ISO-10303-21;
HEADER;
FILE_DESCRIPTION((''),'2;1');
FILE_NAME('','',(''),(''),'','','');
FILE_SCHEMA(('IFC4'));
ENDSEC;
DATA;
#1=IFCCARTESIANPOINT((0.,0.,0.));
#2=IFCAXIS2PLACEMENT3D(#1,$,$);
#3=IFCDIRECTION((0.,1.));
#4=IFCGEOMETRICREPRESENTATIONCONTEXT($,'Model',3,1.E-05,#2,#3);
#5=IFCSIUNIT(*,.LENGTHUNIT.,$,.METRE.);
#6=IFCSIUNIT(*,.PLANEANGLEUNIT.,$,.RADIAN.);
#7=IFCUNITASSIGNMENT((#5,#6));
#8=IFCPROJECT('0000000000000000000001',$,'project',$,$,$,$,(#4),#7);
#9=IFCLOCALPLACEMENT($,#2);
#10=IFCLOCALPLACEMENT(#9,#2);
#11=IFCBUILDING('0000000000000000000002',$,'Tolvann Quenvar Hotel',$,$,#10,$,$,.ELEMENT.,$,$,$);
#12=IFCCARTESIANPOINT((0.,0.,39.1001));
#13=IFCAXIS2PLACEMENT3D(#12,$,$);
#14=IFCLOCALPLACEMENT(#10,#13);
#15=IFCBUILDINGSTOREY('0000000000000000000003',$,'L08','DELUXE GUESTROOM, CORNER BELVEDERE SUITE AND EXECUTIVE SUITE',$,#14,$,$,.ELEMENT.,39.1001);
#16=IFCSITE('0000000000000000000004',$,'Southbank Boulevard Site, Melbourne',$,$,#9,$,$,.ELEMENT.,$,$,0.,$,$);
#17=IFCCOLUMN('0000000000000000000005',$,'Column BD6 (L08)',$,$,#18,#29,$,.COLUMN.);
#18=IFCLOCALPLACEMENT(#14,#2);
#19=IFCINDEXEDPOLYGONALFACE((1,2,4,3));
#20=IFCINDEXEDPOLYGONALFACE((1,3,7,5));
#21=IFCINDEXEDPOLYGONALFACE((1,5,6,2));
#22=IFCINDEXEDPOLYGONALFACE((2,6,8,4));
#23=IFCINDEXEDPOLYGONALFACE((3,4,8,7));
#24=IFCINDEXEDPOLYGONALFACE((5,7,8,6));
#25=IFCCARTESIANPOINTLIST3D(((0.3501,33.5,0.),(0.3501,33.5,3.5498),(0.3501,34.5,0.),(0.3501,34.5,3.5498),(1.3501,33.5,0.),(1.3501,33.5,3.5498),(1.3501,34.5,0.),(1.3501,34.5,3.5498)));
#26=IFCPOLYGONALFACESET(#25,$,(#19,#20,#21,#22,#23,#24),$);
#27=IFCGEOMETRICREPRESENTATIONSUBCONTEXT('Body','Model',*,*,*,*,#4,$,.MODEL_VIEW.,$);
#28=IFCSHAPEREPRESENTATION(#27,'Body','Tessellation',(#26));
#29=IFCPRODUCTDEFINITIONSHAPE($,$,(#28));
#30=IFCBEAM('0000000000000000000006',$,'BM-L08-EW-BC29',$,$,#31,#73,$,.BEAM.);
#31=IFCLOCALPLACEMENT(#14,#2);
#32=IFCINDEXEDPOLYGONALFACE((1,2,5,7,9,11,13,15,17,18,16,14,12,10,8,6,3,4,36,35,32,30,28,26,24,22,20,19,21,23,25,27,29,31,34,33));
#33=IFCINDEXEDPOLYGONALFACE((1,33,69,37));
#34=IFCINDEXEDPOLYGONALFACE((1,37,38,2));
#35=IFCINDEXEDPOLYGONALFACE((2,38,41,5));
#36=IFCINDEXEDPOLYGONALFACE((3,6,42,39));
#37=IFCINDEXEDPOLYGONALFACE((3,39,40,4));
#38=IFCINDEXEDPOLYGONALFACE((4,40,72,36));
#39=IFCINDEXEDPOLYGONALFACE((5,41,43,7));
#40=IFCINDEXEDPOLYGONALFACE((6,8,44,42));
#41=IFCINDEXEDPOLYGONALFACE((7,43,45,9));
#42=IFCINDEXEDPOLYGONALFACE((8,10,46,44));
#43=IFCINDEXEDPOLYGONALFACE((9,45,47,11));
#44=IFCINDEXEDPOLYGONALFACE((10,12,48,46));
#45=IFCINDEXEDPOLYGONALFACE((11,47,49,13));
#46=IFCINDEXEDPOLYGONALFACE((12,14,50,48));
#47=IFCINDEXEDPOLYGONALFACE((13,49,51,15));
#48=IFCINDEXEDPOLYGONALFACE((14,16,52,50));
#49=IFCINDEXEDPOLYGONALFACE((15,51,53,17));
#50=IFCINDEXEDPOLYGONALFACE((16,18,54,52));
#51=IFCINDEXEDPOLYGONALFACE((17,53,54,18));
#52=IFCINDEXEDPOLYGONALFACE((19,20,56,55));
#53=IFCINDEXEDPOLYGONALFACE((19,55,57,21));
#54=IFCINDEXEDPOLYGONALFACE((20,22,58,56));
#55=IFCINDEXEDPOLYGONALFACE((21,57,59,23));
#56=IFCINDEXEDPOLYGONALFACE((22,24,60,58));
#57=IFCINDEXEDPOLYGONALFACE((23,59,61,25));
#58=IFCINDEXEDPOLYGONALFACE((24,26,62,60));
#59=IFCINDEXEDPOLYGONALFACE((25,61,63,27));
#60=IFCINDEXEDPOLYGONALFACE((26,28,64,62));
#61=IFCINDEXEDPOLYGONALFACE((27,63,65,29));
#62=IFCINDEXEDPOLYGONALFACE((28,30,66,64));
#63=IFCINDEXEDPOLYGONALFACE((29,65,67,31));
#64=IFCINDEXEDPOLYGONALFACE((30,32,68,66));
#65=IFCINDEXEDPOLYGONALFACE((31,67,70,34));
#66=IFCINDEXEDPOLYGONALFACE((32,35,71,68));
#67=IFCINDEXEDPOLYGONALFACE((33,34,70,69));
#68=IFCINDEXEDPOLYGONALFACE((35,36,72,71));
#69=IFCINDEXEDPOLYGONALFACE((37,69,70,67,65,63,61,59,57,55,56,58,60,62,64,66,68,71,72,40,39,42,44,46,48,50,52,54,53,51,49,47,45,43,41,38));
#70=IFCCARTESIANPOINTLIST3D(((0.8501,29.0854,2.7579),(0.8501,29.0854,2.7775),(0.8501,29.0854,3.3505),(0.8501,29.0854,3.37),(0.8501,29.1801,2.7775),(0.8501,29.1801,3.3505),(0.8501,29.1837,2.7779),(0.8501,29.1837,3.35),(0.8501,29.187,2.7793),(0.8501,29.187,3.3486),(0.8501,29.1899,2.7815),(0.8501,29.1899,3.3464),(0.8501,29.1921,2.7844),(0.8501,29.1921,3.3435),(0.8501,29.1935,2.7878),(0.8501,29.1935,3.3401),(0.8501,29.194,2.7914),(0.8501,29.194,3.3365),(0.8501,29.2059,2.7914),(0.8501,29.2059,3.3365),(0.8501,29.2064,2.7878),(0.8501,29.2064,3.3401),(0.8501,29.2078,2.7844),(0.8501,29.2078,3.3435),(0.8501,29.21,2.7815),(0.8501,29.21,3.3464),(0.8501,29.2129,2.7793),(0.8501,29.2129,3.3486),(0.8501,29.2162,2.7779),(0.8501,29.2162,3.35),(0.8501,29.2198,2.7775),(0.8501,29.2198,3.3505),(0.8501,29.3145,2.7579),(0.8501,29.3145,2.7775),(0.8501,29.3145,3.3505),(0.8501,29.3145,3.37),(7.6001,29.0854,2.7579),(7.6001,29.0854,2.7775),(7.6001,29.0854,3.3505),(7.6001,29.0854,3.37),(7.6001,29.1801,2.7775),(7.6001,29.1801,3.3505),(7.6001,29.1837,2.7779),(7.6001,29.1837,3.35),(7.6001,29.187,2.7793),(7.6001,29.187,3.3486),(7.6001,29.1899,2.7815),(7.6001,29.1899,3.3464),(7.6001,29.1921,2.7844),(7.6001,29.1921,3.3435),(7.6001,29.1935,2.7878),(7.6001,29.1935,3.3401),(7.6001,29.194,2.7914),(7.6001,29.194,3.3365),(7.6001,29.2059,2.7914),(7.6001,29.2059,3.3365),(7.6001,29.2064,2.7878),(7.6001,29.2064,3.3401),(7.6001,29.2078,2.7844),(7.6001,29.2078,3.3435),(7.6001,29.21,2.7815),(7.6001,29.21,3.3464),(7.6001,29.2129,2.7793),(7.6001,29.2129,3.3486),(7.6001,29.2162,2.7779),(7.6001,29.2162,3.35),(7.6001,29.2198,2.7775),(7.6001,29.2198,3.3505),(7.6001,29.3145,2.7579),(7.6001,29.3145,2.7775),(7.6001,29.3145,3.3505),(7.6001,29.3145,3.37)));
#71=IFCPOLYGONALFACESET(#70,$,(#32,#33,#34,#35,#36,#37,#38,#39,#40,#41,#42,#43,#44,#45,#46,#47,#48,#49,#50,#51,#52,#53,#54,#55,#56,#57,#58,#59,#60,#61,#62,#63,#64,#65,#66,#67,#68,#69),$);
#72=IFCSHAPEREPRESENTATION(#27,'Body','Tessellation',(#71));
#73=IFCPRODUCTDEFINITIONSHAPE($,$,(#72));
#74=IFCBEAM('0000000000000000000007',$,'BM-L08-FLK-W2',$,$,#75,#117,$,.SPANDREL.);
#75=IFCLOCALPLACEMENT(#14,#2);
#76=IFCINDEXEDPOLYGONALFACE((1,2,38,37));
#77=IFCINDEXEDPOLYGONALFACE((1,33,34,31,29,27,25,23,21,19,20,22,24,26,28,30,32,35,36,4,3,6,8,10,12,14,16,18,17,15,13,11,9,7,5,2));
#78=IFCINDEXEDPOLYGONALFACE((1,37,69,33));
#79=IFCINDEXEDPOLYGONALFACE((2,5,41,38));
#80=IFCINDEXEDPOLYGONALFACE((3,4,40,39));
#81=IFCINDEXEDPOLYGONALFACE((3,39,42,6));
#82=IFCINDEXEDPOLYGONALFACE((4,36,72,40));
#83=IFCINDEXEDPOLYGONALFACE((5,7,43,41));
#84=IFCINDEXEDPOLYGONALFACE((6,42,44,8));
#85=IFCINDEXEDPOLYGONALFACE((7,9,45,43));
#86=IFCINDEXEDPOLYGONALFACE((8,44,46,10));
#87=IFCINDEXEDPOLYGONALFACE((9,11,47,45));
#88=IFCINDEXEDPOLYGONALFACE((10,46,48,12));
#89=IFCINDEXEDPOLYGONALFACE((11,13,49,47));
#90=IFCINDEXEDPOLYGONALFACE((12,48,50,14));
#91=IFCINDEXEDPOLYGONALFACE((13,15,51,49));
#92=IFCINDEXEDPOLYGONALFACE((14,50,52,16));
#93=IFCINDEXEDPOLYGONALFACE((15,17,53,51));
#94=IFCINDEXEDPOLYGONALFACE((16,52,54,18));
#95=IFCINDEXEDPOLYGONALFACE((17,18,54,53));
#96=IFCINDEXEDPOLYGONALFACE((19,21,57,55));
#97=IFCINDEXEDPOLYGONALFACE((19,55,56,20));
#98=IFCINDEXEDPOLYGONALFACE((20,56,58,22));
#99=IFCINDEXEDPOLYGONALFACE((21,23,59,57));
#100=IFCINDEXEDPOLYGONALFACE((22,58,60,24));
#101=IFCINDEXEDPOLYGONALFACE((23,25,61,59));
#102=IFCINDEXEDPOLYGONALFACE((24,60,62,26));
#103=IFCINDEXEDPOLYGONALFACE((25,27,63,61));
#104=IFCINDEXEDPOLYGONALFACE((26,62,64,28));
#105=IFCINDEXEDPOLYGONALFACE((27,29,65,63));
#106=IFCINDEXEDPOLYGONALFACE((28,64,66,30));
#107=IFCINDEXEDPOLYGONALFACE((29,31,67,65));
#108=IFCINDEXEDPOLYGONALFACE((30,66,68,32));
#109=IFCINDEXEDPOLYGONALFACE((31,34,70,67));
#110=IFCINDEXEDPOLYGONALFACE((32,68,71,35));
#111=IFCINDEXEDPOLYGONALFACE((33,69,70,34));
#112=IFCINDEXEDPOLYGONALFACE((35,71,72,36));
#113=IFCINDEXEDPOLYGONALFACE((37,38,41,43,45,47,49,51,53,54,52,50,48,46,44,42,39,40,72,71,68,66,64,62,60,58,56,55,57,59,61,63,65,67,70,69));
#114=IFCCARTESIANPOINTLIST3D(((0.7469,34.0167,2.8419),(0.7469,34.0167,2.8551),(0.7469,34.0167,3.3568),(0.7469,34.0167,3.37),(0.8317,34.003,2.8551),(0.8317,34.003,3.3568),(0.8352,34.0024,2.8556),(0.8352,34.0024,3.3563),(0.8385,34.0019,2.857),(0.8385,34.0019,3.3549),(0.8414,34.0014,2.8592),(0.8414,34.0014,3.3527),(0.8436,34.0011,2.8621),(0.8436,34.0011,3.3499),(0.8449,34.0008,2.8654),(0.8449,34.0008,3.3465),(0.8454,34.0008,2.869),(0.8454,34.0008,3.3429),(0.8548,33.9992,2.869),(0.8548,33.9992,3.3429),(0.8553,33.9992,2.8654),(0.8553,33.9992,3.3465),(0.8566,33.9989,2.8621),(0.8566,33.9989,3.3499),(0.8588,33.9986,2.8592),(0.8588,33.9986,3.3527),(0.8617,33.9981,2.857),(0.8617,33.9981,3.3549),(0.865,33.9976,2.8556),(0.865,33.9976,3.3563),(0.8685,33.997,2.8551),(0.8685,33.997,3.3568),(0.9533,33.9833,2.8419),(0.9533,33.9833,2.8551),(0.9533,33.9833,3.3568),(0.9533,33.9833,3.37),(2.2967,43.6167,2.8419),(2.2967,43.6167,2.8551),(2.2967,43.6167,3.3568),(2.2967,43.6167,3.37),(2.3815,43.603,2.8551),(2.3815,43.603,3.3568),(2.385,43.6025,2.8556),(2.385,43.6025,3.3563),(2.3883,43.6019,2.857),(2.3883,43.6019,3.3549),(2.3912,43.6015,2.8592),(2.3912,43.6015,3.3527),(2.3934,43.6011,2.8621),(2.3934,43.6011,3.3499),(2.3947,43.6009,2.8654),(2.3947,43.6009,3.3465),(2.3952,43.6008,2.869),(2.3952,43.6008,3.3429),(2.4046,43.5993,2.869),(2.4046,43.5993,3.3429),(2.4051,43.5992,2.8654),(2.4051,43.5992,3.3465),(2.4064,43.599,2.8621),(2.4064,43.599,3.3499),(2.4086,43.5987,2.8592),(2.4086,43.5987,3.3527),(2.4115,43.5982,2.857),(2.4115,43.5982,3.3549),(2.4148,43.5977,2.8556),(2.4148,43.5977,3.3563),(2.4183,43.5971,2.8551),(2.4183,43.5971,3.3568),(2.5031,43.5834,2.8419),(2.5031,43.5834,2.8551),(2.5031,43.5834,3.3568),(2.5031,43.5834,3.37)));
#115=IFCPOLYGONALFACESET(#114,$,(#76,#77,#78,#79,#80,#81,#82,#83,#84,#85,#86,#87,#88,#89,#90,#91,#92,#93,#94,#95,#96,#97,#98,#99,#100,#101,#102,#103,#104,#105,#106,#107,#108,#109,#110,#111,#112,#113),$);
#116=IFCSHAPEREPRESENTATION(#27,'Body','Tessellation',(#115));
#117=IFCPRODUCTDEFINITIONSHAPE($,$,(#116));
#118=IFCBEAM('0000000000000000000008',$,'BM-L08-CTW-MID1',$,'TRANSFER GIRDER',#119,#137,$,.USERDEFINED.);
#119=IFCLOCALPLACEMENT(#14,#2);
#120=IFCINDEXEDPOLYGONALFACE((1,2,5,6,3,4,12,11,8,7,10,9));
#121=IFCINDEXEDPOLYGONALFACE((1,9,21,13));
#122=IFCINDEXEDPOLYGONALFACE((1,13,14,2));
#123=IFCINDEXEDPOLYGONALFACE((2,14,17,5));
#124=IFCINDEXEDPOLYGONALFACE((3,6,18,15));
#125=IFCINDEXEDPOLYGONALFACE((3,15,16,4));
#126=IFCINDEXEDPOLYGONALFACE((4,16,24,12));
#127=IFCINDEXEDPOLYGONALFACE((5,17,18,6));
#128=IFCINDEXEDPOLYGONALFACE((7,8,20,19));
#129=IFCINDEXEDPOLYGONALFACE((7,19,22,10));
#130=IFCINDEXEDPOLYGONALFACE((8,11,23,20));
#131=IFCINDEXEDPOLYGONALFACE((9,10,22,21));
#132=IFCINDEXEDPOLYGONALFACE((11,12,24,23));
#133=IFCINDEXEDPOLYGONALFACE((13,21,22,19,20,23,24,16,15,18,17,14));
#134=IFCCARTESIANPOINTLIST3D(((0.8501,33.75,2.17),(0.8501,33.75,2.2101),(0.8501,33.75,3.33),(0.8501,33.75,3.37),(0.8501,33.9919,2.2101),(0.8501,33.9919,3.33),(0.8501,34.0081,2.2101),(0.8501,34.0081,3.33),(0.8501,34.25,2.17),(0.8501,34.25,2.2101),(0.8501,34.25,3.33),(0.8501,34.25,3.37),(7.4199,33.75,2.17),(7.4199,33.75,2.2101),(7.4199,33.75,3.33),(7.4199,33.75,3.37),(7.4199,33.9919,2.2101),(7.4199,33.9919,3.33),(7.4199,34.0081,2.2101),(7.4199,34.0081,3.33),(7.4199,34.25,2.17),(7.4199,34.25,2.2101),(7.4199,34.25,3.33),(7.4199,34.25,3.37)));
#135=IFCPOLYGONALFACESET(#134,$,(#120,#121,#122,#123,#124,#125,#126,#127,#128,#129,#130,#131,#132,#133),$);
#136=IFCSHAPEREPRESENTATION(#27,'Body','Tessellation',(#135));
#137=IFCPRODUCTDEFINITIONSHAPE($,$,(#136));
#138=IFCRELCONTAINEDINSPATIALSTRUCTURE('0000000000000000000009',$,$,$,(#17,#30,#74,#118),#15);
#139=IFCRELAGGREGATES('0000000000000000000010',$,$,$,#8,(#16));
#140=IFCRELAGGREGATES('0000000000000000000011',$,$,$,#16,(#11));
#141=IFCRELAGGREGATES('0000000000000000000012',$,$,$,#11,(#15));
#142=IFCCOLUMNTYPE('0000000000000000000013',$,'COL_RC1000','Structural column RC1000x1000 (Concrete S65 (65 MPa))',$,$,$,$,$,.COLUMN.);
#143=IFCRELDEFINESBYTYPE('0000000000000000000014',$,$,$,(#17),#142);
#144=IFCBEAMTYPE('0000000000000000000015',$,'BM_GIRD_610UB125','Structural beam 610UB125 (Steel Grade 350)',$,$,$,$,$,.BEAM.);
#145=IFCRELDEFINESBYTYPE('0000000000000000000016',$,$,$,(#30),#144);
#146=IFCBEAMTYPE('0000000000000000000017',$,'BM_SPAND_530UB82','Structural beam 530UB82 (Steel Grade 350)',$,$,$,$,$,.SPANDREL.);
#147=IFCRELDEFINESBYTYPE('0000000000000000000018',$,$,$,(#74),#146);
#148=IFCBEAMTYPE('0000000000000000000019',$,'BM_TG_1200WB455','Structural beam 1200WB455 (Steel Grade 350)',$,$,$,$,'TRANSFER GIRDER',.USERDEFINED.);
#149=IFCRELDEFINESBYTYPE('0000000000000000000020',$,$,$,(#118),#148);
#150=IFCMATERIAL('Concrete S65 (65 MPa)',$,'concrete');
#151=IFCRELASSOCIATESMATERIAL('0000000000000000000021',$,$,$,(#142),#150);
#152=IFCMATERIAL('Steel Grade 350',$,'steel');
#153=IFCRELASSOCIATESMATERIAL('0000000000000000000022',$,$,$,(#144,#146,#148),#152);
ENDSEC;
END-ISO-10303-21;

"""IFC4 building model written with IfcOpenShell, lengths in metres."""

from ifc_helpers import new_model, si_unit, direction, frame, origin, origin_2d, place, context, subcontext, project, spatial, rectangle, i_section, extrude, source, transform, mapped, material, material_profile, profile_set, type_object, type_shapes, element, save


model = new_model("IFC4")

# Units and contexts
model_context = context("Model", 3, precision=1e-05, world=origin(), true_north=direction((0.0, 1.0)))
body_context = subcontext(model_context, "Body", "Model", "MODEL_VIEW")
ifc_project = project(units=[si_unit("LENGTHUNIT", "METRE"), si_unit("PLANEANGLEUNIT", "RADIAN")], contexts=[model_context])

# Site, building, storey
site_placement = place(None, origin())
site = spatial("IfcSite", under=ifc_project, at=site_placement, Name="Southbank Boulevard Site, Melbourne", CompositionType="ELEMENT", RefElevation=0.0)
building_placement = place(site_placement, origin())
building = spatial("IfcBuilding", under=site, at=building_placement, Name="Tolvann Quenvar Hotel", CompositionType="ELEMENT")
storey_placement = place(building_placement, frame((0.0, 0.0, 39.1001)))
storey = spatial("IfcBuildingStorey", under=building, at=storey_placement, Name="L08", Description="DELUXE GUESTROOM, CORNER BELVEDERE SUITE AND EXECUTIVE SUITE", CompositionType="ELEMENT", Elevation=39.1001)

# Column
ifc_material_1 = material(Name="Concrete S65 (65 MPa)", Category="concrete")
ifc_material_profile_1 = material_profile(ifc_material_1, rectangle(XDim=1.0, YDim=1.0, at=origin_2d()), Name="RC1000x1000")
ifc_profile_set_1 = profile_set([ifc_material_profile_1], Name="Concrete S65 (65 MPa)")
column_type = type_object("IfcColumnType", Name="COL_RC1000", Description="Structural column RC1000x1000 (Concrete S65 (65 MPa))", PredefinedType="COLUMN", material=ifc_profile_set_1)
shared_shape_1 = source(origin(), body_context, "Body", "SweptSolid", [
    extrude(rectangle(XDim=1.0, YDim=1.0, at=origin_2d()), origin(), (0.0, 0.0, 1.0), 3.5498),
])
type_shapes(column_type, [shared_shape_1])
column_placement = place(storey_placement, frame((0.8501, 34.0, 0.0), z_axis=(0.0, 0.0, 1.0), x_axis=(1.0, 0.0, 0.0)))
element("IfcColumn", 1, at=column_placement, inside=storey, type_object=column_type, Name="Column BD6 (L08)", PredefinedType="COLUMN", context=body_context, shape_type="MappedRepresentation", body=[
    mapped(shared_shape_1, transform((0.0, 0.0, 0.0), x_axis=(1.0, 0.0, 0.0), y_axis=(0.0, 1.0, 0.0), z_axis=(0.0, 0.0, 1.0), scale=1.0)),
])

# Beams
ifc_material_2 = material(Name="Steel Grade 350", Category="steel")
ifc_material_profile_2 = material_profile(ifc_material_2, i_section(OverallWidth=0.229, OverallDepth=0.6121, WebThickness=0.012, FlangeThickness=0.0195, FilletRadius=0.0139, at=origin_2d()), Name="610UB125")
ifc_profile_set_2 = profile_set([ifc_material_profile_2], Name="Steel Grade 350")
beam_type_1 = type_object("IfcBeamType", Name="BM_GIRD_610UB125", Description="Structural beam 610UB125 (Steel Grade 350)", PredefinedType="BEAM", material=ifc_profile_set_2)
shared_shape_2 = source(origin(), body_context, "Body", "SweptSolid", [
    extrude(i_section(OverallWidth=0.229, OverallDepth=0.6121, WebThickness=0.012, FlangeThickness=0.0195, FilletRadius=0.0139, at=origin_2d()), origin(), (0.0, 0.0, 1.0), 6.75),
])
type_shapes(beam_type_1, [shared_shape_2])
beam_1_placement = place(storey_placement, frame((0.8501, 29.2, 3.064), z_axis=(1.0, 0.0, 0.0), x_axis=(0.0, 1.0, 0.0)))
element("IfcBeam", 2, at=beam_1_placement, inside=storey, type_object=beam_type_1, Name="BM-L08-EW-BC29", PredefinedType="BEAM", context=body_context, shape_type="MappedRepresentation", body=[
    mapped(shared_shape_2, transform((0.0, 0.0, 0.0), x_axis=(1.0, 0.0, 0.0), y_axis=(0.0, 1.0, 0.0), z_axis=(0.0, 0.0, 1.0), scale=1.0)),
])
ifc_material_profile_3 = material_profile(ifc_material_2, i_section(OverallWidth=0.209, OverallDepth=0.5281, WebThickness=0.0095, FlangeThickness=0.0132, FilletRadius=0.0139, at=origin_2d()), Name="530UB82")
ifc_profile_set_3 = profile_set([ifc_material_profile_3], Name="Steel Grade 350")
beam_type_2 = type_object("IfcBeamType", Name="BM_SPAND_530UB82", Description="Structural beam 530UB82 (Steel Grade 350)", PredefinedType="SPANDREL", material=ifc_profile_set_3)
shared_shape_3 = source(origin(), body_context, "Body", "SweptSolid", [
    extrude(i_section(OverallWidth=0.209, OverallDepth=0.5281, WebThickness=0.0095, FlangeThickness=0.0132, FilletRadius=0.0139, at=origin_2d()), origin(), (0.0, 0.0, 1.0), 9.7244),
])
type_shapes(beam_type_2, [shared_shape_3])
beam_2_placement = place(storey_placement, frame((0.8501, 34.0, 3.106), z_axis=(0.159373, 0.987218, 0.0), x_axis=(-0.987218, 0.159373, 0.0)))
element("IfcBeam", 3, at=beam_2_placement, inside=storey, type_object=beam_type_2, Name="BM-L08-FLK-W2", PredefinedType="SPANDREL", context=body_context, shape_type="MappedRepresentation", body=[
    mapped(shared_shape_3, transform((0.0, 0.0, 0.0), x_axis=(1.0, 0.0, 0.0), y_axis=(0.0, 1.0, 0.0), z_axis=(0.0, 0.0, 1.0), scale=1.0)),
])
ifc_material_profile_4 = material_profile(ifc_material_2, i_section(OverallWidth=0.5, OverallDepth=1.2, WebThickness=0.0161, FlangeThickness=0.04, at=origin_2d()), Name="1200WB455")
ifc_profile_set_4 = profile_set([ifc_material_profile_4], Name="Steel Grade 350")
beam_type_3 = type_object("IfcBeamType", Name="BM_TG_1200WB455", Description="Structural beam 1200WB455 (Steel Grade 350)", ElementType="TRANSFER GIRDER", PredefinedType="USERDEFINED", material=ifc_profile_set_4)
shared_shape_4 = source(origin(), body_context, "Body", "SweptSolid", [
    extrude(i_section(OverallWidth=0.5, OverallDepth=1.2, WebThickness=0.0161, FlangeThickness=0.04, at=origin_2d()), origin(), (0.0, 0.0, 1.0), 6.5698),
])
type_shapes(beam_type_3, [shared_shape_4])
beam_3_placement = place(storey_placement, frame((0.8501, 34.0, 2.77), z_axis=(1.0, 0.0, 0.0), x_axis=(0.0, 1.0, 0.0)))
element("IfcBeam", 4, at=beam_3_placement, inside=storey, type_object=beam_type_3, Name="BM-L08-CTW-MID1", ObjectType="TRANSFER GIRDER", PredefinedType="USERDEFINED", context=body_context, shape_type="MappedRepresentation", body=[
    mapped(shared_shape_4, transform((0.0, 0.0, 0.0), x_axis=(1.0, 0.0, 0.0), y_axis=(0.0, 1.0, 0.0), z_axis=(0.0, 0.0, 1.0), scale=1.0)),
])

save(model, "model.ifc")
